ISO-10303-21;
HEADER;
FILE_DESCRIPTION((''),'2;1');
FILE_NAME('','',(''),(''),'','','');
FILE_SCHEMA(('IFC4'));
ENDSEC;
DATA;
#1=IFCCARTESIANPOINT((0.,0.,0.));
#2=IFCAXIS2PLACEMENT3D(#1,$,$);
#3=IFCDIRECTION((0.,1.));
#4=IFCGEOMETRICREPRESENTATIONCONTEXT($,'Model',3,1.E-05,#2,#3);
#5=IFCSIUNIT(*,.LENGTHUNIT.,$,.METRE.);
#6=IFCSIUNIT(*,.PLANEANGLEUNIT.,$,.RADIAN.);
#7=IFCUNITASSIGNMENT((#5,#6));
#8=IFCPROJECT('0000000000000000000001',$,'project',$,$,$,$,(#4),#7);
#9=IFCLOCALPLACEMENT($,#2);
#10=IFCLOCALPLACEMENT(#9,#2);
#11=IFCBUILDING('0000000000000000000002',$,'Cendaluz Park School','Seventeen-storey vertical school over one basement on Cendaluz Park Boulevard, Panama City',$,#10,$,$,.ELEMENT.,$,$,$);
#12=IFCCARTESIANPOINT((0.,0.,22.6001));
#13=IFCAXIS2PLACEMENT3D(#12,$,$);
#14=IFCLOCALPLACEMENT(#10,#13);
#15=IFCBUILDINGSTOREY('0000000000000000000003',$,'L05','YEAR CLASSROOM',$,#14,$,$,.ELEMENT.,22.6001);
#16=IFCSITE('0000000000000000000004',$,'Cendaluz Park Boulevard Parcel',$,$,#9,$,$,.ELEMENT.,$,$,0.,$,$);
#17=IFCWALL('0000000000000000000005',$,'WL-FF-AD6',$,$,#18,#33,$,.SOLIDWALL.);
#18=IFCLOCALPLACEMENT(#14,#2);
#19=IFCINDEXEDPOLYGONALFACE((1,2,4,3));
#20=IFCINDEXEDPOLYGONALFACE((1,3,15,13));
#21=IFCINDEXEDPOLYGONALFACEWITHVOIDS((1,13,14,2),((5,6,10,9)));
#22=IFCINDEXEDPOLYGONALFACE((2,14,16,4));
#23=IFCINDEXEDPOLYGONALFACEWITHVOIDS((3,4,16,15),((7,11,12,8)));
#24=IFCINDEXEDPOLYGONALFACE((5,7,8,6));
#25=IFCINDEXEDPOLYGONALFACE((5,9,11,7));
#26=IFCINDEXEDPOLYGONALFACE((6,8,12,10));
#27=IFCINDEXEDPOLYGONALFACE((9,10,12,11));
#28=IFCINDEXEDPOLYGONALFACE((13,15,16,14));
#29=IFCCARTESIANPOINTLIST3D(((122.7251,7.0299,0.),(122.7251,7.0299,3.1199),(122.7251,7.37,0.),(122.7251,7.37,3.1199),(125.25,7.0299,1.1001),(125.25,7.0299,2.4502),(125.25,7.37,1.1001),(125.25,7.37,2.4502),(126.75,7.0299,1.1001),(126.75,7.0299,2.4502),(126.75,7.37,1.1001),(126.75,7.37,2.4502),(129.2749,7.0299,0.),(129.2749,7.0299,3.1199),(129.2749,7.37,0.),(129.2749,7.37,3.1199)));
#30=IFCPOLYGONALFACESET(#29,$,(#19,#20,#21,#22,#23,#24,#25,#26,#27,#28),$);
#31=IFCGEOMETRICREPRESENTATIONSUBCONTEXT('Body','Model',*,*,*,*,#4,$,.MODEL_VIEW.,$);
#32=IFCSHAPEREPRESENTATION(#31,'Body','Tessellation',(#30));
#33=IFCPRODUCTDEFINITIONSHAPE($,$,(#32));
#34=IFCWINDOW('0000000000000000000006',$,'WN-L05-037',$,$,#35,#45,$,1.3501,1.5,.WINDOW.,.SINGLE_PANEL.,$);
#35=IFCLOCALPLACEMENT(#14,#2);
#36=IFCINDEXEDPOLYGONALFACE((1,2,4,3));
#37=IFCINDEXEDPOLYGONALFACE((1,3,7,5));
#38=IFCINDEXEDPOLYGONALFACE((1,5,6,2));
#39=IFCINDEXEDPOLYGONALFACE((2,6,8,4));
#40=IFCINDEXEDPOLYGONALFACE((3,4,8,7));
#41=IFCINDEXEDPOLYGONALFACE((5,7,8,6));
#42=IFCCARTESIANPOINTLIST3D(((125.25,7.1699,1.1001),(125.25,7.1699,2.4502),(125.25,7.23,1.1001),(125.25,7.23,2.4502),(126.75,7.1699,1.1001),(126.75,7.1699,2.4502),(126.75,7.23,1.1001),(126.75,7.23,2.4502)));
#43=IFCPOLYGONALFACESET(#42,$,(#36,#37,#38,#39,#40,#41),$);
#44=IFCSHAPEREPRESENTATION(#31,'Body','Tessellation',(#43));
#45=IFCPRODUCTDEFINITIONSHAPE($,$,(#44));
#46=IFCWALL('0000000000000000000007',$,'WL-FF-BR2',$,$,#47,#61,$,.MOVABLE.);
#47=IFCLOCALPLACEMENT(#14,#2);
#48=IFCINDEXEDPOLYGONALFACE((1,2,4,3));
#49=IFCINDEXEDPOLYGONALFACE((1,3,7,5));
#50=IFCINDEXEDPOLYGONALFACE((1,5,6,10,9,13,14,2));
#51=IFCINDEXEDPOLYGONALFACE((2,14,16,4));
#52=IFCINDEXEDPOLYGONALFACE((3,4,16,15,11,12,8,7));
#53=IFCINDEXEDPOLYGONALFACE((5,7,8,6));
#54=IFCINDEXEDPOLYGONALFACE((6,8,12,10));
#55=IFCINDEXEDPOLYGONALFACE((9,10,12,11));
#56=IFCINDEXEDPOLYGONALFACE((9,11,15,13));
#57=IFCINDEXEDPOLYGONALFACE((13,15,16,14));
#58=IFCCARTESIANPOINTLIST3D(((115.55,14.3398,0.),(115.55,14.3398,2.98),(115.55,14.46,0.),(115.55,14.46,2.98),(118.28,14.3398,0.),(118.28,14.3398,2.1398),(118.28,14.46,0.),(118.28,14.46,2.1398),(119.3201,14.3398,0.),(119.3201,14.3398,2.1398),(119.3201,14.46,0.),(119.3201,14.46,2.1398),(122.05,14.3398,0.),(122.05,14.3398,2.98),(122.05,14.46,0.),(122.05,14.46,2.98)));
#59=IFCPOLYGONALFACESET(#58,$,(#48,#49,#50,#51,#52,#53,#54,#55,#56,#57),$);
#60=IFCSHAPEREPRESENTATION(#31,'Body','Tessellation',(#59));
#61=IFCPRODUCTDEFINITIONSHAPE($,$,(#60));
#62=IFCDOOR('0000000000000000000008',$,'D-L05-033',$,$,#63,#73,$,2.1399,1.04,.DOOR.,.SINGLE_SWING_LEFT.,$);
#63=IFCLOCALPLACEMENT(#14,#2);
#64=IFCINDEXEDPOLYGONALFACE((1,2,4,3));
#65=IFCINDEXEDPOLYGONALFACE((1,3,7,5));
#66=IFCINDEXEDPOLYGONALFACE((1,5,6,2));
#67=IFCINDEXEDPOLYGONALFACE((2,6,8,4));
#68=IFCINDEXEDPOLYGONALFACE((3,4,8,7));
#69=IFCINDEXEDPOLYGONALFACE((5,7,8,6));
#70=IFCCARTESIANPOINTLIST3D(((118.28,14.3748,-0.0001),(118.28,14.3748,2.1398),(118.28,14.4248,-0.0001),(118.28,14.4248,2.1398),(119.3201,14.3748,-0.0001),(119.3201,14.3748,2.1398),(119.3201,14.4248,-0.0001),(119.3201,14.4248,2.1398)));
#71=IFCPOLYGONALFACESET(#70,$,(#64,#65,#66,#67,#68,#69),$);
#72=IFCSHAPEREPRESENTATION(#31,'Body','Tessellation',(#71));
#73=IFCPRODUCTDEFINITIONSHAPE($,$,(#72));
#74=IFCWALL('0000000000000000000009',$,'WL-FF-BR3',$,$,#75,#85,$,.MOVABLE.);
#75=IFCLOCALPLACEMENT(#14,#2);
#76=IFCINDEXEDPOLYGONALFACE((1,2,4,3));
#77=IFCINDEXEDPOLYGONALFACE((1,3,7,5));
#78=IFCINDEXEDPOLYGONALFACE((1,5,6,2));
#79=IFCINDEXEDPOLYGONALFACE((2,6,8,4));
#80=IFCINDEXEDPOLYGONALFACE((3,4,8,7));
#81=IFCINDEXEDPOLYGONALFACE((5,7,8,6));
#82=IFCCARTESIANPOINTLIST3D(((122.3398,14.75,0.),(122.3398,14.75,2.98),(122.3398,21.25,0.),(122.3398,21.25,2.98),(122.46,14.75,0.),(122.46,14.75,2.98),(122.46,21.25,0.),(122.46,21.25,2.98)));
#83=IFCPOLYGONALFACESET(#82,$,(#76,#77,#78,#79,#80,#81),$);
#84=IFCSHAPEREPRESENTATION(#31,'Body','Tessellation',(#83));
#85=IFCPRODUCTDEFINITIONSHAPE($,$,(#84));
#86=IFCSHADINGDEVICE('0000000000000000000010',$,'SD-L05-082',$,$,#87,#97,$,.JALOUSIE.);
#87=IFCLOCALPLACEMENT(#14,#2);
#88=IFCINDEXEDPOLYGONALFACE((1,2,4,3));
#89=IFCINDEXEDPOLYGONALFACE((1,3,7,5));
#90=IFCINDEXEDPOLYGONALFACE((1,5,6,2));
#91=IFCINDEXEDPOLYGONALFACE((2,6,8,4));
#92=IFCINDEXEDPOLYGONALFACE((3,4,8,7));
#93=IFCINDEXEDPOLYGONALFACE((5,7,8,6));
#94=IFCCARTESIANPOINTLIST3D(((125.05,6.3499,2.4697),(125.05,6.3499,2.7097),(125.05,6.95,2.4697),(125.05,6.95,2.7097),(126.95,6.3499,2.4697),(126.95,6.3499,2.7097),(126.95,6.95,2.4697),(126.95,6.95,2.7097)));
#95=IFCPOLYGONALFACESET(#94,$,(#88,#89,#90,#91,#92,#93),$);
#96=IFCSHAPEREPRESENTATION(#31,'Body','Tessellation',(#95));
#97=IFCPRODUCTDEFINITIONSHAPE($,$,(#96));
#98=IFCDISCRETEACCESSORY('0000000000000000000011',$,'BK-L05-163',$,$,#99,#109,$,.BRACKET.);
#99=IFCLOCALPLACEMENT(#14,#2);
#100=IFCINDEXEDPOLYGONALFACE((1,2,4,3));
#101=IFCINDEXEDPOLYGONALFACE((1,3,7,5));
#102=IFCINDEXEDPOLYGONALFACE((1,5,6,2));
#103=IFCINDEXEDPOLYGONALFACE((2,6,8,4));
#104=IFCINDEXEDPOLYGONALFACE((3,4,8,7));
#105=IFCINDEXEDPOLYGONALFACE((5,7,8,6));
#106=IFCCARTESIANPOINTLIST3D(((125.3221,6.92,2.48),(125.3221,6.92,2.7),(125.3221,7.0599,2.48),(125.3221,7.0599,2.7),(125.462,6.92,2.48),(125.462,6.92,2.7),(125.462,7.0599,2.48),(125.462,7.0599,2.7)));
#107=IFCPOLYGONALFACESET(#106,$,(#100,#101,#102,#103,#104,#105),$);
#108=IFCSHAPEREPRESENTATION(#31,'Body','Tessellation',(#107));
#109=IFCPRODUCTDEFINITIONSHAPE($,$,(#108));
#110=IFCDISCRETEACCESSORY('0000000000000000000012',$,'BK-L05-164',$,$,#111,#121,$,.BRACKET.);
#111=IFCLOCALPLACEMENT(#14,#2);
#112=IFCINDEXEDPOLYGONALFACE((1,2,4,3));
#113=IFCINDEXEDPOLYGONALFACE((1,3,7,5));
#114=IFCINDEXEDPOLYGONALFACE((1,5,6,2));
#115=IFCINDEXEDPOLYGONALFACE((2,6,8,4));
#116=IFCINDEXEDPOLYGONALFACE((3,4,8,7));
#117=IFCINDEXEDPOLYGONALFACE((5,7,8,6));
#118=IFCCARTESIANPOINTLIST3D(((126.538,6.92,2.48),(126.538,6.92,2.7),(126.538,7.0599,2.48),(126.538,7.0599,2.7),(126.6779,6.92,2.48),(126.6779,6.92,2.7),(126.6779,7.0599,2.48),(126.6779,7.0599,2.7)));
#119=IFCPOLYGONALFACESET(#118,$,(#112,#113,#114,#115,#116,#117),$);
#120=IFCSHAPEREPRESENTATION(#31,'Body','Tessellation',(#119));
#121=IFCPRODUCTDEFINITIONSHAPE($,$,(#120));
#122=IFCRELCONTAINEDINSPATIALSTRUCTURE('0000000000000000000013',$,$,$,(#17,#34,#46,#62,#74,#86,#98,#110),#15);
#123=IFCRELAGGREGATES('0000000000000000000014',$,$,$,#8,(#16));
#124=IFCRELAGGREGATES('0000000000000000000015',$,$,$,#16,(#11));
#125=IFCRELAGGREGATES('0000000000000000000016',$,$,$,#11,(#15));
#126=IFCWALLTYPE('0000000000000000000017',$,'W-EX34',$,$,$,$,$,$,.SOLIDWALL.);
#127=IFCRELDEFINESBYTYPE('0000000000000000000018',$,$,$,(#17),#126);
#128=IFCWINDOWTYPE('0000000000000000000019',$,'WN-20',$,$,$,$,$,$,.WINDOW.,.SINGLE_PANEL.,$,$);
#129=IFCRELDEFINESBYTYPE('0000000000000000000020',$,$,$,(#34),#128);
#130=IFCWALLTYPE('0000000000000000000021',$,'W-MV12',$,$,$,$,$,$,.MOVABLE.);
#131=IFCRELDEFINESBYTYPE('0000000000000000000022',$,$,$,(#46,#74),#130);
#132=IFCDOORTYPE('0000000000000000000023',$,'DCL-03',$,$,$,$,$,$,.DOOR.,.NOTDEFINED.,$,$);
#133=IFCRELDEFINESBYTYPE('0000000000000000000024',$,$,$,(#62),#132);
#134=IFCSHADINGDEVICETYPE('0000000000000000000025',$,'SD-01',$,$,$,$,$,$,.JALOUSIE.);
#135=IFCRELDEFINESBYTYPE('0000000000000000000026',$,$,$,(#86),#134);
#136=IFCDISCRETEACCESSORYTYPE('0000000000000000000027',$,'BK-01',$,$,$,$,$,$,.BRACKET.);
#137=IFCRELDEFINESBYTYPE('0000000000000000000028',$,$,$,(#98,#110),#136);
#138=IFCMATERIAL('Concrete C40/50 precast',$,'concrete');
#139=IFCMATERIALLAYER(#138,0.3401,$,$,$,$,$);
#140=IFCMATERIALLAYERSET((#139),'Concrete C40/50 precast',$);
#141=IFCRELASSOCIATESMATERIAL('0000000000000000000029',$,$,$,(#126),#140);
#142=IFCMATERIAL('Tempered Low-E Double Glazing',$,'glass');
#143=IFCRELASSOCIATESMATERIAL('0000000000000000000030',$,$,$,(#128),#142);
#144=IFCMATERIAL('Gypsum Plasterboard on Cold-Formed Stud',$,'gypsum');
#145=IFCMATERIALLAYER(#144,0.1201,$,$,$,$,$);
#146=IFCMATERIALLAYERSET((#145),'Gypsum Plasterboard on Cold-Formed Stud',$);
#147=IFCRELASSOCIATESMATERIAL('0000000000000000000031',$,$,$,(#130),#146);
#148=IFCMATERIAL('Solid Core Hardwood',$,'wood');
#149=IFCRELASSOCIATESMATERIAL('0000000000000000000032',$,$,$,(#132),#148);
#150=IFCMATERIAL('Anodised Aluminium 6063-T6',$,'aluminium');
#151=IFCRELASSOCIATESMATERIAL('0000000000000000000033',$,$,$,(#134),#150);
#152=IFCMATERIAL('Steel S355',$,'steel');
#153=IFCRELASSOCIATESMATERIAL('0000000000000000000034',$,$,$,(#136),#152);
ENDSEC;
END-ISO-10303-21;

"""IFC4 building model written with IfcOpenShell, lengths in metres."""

from ifc_helpers import new_model, si_unit, direction, frame, frame_2d, origin, origin_2d, place, context, subcontext, project, spatial, rectangle, extrude, material, layer, layer_set, type_object, element, fill, save


model = new_model("IFC4")

# Units and contexts
model_context = context("Model", 3, precision=1e-05, world=origin(), true_north=direction((0.0, 1.0)))
body_context = subcontext(model_context, "Body", "Model", "MODEL_VIEW")
ifc_project = project(units=[si_unit("LENGTHUNIT", "METRE"), si_unit("PLANEANGLEUNIT", "RADIAN")], contexts=[model_context])

# Site, building, storey
site_placement = place(None, origin())
site = spatial("IfcSite", under=ifc_project, at=site_placement, Name="Cendaluz Park Boulevard Parcel", CompositionType="ELEMENT", RefElevation=0.0)
building_placement = place(site_placement, origin())
building = spatial("IfcBuilding", under=site, at=building_placement, Name="Cendaluz Park School", Description="Seventeen-storey vertical school over one basement on Cendaluz Park Boulevard, Panama City", CompositionType="ELEMENT")
storey_placement = place(building_placement, frame((0.0, 0.0, 22.6001)))
storey = spatial("IfcBuildingStorey", under=building, at=storey_placement, Name="L05", Description="YEAR CLASSROOM", CompositionType="ELEMENT", Elevation=22.6001)

# Shared definitions
ifc_material_1 = material(Name="Gypsum Plasterboard on Cold-Formed Stud", Category="gypsum")
ifc_material_2 = material(Name="Solid Core Hardwood", Category="wood")

# Wall, opening, window
ifc_material_3 = material(Name="Concrete C40/50 precast", Category="concrete")
ifc_layer_1 = layer(ifc_material_3, 0.3401)
ifc_layer_set_1 = layer_set([ifc_layer_1], Name="Concrete C40/50 precast")
wall_type_1 = type_object("IfcWallType", Name="W-EX34", PredefinedType="SOLIDWALL", material=ifc_layer_set_1)
wall_1_placement = place(storey_placement, frame((122.7251, 7.2, 0.0), z_axis=(0.0, 0.0, 1.0), x_axis=(1.0, 0.0, 0.0)))
wall_1 = element("IfcWall", 1, at=wall_1_placement, inside=storey, type_object=wall_type_1, Name="WL-FF-AD6", PredefinedType="SOLIDWALL", context=body_context, shape_type="SweptSolid", body=[
    extrude(rectangle(XDim=6.5498, YDim=0.3401, at=frame_2d((3.2749, 0.0))), origin(), (0.0, 0.0, 1.0), 3.1199),
])
opening_1_placement = place(wall_1_placement, frame((2.5249, 0.0, 1.1001)))
opening_1 = element("IfcOpeningElement", 2, at=opening_1_placement, cuts=wall_1, PredefinedType="OPENING", context=body_context, shape_type="SweptSolid", body=[
    extrude(rectangle(XDim=1.5, YDim=1.3501, at=frame_2d((0.75, 0.675))), frame((0.0, 0.1821, 0.0), z_axis=(0.0, -1.0, 0.0), x_axis=(1.0, 0.0, 0.0)), (0.0, 0.0, 1.0), 0.364),
])
ifc_material_4 = material(Name="Tempered Low-E Double Glazing", Category="glass")
window_type = type_object("IfcWindowType", Name="WN-20", PartitioningType="SINGLE_PANEL", PredefinedType="WINDOW", material=ifc_material_4)
window_placement = place(opening_1_placement, origin())
window = element("IfcWindow", 3, at=window_placement, inside=storey, type_object=window_type, Name="WN-L05-037", OverallHeight=1.3501, OverallWidth=1.5, PartitioningType="SINGLE_PANEL", PredefinedType="WINDOW", context=body_context, shape_type="SweptSolid", body=[
    extrude(rectangle(XDim=1.5, YDim=1.3501, at=frame_2d((0.75, 0.675))), frame((0.0, 0.03, 0.0), z_axis=(0.0, -1.0, 0.0), x_axis=(1.0, 0.0, 0.0)), (0.0, 0.0, 1.0), 0.0601),
])
fill(opening_1, window)

# Wall, opening, door
ifc_layer_2 = layer(ifc_material_1, 0.1201)
ifc_layer_set_2 = layer_set([ifc_layer_2], Name="Gypsum Plasterboard on Cold-Formed Stud")
wall_type_2 = type_object("IfcWallType", Name="W-MV12", PredefinedType="MOVABLE", material=ifc_layer_set_2)
wall_2_placement = place(storey_placement, frame((115.55, 14.3999, 0.0), z_axis=(0.0, 0.0, 1.0), x_axis=(1.0, 0.0, 0.0)))
wall_2 = element("IfcWall", 4, at=wall_2_placement, inside=storey, type_object=wall_type_2, Name="WL-FF-BR2", PredefinedType="MOVABLE", context=body_context, shape_type="SweptSolid", body=[
    extrude(rectangle(XDim=6.5, YDim=0.1201, at=frame_2d((3.25, 0.0))), origin(), (0.0, 0.0, 1.0), 2.98),
])
opening_2_placement = place(wall_2_placement, frame((2.73, 0.0, 0.0)))
opening_2 = element("IfcOpeningElement", 5, at=opening_2_placement, cuts=wall_2, PredefinedType="OPENING", context=body_context, shape_type="SweptSolid", body=[
    extrude(rectangle(XDim=1.04, YDim=2.1399, at=frame_2d((0.52, 1.0698))), frame((0.0, 0.072, 0.0), z_axis=(0.0, -1.0, 0.0), x_axis=(1.0, 0.0, 0.0)), (0.0, 0.0, 1.0), 0.144),
])
door_type_1 = type_object("IfcDoorType", Name="DCL-03", OperationType="NOTDEFINED", PredefinedType="DOOR", material=ifc_material_2)
door_1_placement = place(opening_2_placement, origin())
door_1 = element("IfcDoor", 6, at=door_1_placement, inside=storey, type_object=door_type_1, Name="D-L05-033", OperationType="SINGLE_SWING_LEFT", OverallHeight=2.1399, OverallWidth=1.04, PredefinedType="DOOR", context=body_context, shape_type="SweptSolid", body=[
    extrude(rectangle(XDim=1.04, YDim=2.1399, at=frame_2d((0.52, 1.0698))), frame((0.0, 0.0249, 0.0), z_axis=(0.0, -1.0, 0.0), x_axis=(1.0, 0.0, 0.0)), (0.0, 0.0, 1.0), 0.05),
])
fill(opening_2, door_1)

# Wall
wall_3_placement = place(storey_placement, frame((122.3999, 14.75, 0.0), z_axis=(0.0, 0.0, 1.0), x_axis=(0.0, 1.0, 0.0)))
element("IfcWall", 7, at=wall_3_placement, inside=storey, type_object=wall_type_2, Name="WL-FF-BR3", PredefinedType="MOVABLE", context=body_context, shape_type="SweptSolid", body=[
    extrude(rectangle(XDim=6.5, YDim=0.1201, at=frame_2d((3.25, 0.0))), origin(), (0.0, 0.0, 1.0), 2.98),
])

# Shading device
ifc_material_5 = material(Name="Anodised Aluminium 6063-T6", Category="aluminium")
shading_device_type = type_object("IfcShadingDeviceType", Name="SD-01", PredefinedType="JALOUSIE", material=ifc_material_5)
shading_device_placement = place(storey_placement, frame((126.0, 6.6499, 2.4697), z_axis=(0.0, 0.0, 1.0), x_axis=(1.0, 0.0, 0.0)))
element("IfcShadingDevice", 8, at=shading_device_placement, inside=storey, type_object=shading_device_type, Name="SD-L05-082", PredefinedType="JALOUSIE", context=body_context, shape_type="SweptSolid", body=[
    extrude(rectangle(XDim=1.8999, YDim=0.6001, at=origin_2d()), origin(), (0.0, 0.0, 1.0), 0.24),
])

# Discrete accessories
ifc_material_6 = material(Name="Steel S355", Category="steel")
discrete_accessory_type = type_object("IfcDiscreteAccessoryType", Name="BK-01", PredefinedType="BRACKET", material=ifc_material_6)
for number, where, z_axis, x_axis, name in (
    (9, (125.3921, 6.99, 2.48), (0.0, 0.0, 1.0), (1.0, 0.0, 0.0), "BK-L05-163"),
    (10, (126.6079, 6.99, 2.48), (0.0, 0.0, 1.0), (1.0, 0.0, 0.0), "BK-L05-164"),
):
    element("IfcDiscreteAccessory", number, at=place(storey_placement, frame(where, z_axis=z_axis, x_axis=x_axis)), inside=storey, type_object=discrete_accessory_type, Name=name, PredefinedType="BRACKET", context=body_context, shape_type="SweptSolid", body=[
        extrude(rectangle(XDim=0.1399, YDim=0.1399, at=origin_2d()), origin(), (0.0, 0.0, 1.0), 0.22),
    ])

save(model, "model.ifc")
